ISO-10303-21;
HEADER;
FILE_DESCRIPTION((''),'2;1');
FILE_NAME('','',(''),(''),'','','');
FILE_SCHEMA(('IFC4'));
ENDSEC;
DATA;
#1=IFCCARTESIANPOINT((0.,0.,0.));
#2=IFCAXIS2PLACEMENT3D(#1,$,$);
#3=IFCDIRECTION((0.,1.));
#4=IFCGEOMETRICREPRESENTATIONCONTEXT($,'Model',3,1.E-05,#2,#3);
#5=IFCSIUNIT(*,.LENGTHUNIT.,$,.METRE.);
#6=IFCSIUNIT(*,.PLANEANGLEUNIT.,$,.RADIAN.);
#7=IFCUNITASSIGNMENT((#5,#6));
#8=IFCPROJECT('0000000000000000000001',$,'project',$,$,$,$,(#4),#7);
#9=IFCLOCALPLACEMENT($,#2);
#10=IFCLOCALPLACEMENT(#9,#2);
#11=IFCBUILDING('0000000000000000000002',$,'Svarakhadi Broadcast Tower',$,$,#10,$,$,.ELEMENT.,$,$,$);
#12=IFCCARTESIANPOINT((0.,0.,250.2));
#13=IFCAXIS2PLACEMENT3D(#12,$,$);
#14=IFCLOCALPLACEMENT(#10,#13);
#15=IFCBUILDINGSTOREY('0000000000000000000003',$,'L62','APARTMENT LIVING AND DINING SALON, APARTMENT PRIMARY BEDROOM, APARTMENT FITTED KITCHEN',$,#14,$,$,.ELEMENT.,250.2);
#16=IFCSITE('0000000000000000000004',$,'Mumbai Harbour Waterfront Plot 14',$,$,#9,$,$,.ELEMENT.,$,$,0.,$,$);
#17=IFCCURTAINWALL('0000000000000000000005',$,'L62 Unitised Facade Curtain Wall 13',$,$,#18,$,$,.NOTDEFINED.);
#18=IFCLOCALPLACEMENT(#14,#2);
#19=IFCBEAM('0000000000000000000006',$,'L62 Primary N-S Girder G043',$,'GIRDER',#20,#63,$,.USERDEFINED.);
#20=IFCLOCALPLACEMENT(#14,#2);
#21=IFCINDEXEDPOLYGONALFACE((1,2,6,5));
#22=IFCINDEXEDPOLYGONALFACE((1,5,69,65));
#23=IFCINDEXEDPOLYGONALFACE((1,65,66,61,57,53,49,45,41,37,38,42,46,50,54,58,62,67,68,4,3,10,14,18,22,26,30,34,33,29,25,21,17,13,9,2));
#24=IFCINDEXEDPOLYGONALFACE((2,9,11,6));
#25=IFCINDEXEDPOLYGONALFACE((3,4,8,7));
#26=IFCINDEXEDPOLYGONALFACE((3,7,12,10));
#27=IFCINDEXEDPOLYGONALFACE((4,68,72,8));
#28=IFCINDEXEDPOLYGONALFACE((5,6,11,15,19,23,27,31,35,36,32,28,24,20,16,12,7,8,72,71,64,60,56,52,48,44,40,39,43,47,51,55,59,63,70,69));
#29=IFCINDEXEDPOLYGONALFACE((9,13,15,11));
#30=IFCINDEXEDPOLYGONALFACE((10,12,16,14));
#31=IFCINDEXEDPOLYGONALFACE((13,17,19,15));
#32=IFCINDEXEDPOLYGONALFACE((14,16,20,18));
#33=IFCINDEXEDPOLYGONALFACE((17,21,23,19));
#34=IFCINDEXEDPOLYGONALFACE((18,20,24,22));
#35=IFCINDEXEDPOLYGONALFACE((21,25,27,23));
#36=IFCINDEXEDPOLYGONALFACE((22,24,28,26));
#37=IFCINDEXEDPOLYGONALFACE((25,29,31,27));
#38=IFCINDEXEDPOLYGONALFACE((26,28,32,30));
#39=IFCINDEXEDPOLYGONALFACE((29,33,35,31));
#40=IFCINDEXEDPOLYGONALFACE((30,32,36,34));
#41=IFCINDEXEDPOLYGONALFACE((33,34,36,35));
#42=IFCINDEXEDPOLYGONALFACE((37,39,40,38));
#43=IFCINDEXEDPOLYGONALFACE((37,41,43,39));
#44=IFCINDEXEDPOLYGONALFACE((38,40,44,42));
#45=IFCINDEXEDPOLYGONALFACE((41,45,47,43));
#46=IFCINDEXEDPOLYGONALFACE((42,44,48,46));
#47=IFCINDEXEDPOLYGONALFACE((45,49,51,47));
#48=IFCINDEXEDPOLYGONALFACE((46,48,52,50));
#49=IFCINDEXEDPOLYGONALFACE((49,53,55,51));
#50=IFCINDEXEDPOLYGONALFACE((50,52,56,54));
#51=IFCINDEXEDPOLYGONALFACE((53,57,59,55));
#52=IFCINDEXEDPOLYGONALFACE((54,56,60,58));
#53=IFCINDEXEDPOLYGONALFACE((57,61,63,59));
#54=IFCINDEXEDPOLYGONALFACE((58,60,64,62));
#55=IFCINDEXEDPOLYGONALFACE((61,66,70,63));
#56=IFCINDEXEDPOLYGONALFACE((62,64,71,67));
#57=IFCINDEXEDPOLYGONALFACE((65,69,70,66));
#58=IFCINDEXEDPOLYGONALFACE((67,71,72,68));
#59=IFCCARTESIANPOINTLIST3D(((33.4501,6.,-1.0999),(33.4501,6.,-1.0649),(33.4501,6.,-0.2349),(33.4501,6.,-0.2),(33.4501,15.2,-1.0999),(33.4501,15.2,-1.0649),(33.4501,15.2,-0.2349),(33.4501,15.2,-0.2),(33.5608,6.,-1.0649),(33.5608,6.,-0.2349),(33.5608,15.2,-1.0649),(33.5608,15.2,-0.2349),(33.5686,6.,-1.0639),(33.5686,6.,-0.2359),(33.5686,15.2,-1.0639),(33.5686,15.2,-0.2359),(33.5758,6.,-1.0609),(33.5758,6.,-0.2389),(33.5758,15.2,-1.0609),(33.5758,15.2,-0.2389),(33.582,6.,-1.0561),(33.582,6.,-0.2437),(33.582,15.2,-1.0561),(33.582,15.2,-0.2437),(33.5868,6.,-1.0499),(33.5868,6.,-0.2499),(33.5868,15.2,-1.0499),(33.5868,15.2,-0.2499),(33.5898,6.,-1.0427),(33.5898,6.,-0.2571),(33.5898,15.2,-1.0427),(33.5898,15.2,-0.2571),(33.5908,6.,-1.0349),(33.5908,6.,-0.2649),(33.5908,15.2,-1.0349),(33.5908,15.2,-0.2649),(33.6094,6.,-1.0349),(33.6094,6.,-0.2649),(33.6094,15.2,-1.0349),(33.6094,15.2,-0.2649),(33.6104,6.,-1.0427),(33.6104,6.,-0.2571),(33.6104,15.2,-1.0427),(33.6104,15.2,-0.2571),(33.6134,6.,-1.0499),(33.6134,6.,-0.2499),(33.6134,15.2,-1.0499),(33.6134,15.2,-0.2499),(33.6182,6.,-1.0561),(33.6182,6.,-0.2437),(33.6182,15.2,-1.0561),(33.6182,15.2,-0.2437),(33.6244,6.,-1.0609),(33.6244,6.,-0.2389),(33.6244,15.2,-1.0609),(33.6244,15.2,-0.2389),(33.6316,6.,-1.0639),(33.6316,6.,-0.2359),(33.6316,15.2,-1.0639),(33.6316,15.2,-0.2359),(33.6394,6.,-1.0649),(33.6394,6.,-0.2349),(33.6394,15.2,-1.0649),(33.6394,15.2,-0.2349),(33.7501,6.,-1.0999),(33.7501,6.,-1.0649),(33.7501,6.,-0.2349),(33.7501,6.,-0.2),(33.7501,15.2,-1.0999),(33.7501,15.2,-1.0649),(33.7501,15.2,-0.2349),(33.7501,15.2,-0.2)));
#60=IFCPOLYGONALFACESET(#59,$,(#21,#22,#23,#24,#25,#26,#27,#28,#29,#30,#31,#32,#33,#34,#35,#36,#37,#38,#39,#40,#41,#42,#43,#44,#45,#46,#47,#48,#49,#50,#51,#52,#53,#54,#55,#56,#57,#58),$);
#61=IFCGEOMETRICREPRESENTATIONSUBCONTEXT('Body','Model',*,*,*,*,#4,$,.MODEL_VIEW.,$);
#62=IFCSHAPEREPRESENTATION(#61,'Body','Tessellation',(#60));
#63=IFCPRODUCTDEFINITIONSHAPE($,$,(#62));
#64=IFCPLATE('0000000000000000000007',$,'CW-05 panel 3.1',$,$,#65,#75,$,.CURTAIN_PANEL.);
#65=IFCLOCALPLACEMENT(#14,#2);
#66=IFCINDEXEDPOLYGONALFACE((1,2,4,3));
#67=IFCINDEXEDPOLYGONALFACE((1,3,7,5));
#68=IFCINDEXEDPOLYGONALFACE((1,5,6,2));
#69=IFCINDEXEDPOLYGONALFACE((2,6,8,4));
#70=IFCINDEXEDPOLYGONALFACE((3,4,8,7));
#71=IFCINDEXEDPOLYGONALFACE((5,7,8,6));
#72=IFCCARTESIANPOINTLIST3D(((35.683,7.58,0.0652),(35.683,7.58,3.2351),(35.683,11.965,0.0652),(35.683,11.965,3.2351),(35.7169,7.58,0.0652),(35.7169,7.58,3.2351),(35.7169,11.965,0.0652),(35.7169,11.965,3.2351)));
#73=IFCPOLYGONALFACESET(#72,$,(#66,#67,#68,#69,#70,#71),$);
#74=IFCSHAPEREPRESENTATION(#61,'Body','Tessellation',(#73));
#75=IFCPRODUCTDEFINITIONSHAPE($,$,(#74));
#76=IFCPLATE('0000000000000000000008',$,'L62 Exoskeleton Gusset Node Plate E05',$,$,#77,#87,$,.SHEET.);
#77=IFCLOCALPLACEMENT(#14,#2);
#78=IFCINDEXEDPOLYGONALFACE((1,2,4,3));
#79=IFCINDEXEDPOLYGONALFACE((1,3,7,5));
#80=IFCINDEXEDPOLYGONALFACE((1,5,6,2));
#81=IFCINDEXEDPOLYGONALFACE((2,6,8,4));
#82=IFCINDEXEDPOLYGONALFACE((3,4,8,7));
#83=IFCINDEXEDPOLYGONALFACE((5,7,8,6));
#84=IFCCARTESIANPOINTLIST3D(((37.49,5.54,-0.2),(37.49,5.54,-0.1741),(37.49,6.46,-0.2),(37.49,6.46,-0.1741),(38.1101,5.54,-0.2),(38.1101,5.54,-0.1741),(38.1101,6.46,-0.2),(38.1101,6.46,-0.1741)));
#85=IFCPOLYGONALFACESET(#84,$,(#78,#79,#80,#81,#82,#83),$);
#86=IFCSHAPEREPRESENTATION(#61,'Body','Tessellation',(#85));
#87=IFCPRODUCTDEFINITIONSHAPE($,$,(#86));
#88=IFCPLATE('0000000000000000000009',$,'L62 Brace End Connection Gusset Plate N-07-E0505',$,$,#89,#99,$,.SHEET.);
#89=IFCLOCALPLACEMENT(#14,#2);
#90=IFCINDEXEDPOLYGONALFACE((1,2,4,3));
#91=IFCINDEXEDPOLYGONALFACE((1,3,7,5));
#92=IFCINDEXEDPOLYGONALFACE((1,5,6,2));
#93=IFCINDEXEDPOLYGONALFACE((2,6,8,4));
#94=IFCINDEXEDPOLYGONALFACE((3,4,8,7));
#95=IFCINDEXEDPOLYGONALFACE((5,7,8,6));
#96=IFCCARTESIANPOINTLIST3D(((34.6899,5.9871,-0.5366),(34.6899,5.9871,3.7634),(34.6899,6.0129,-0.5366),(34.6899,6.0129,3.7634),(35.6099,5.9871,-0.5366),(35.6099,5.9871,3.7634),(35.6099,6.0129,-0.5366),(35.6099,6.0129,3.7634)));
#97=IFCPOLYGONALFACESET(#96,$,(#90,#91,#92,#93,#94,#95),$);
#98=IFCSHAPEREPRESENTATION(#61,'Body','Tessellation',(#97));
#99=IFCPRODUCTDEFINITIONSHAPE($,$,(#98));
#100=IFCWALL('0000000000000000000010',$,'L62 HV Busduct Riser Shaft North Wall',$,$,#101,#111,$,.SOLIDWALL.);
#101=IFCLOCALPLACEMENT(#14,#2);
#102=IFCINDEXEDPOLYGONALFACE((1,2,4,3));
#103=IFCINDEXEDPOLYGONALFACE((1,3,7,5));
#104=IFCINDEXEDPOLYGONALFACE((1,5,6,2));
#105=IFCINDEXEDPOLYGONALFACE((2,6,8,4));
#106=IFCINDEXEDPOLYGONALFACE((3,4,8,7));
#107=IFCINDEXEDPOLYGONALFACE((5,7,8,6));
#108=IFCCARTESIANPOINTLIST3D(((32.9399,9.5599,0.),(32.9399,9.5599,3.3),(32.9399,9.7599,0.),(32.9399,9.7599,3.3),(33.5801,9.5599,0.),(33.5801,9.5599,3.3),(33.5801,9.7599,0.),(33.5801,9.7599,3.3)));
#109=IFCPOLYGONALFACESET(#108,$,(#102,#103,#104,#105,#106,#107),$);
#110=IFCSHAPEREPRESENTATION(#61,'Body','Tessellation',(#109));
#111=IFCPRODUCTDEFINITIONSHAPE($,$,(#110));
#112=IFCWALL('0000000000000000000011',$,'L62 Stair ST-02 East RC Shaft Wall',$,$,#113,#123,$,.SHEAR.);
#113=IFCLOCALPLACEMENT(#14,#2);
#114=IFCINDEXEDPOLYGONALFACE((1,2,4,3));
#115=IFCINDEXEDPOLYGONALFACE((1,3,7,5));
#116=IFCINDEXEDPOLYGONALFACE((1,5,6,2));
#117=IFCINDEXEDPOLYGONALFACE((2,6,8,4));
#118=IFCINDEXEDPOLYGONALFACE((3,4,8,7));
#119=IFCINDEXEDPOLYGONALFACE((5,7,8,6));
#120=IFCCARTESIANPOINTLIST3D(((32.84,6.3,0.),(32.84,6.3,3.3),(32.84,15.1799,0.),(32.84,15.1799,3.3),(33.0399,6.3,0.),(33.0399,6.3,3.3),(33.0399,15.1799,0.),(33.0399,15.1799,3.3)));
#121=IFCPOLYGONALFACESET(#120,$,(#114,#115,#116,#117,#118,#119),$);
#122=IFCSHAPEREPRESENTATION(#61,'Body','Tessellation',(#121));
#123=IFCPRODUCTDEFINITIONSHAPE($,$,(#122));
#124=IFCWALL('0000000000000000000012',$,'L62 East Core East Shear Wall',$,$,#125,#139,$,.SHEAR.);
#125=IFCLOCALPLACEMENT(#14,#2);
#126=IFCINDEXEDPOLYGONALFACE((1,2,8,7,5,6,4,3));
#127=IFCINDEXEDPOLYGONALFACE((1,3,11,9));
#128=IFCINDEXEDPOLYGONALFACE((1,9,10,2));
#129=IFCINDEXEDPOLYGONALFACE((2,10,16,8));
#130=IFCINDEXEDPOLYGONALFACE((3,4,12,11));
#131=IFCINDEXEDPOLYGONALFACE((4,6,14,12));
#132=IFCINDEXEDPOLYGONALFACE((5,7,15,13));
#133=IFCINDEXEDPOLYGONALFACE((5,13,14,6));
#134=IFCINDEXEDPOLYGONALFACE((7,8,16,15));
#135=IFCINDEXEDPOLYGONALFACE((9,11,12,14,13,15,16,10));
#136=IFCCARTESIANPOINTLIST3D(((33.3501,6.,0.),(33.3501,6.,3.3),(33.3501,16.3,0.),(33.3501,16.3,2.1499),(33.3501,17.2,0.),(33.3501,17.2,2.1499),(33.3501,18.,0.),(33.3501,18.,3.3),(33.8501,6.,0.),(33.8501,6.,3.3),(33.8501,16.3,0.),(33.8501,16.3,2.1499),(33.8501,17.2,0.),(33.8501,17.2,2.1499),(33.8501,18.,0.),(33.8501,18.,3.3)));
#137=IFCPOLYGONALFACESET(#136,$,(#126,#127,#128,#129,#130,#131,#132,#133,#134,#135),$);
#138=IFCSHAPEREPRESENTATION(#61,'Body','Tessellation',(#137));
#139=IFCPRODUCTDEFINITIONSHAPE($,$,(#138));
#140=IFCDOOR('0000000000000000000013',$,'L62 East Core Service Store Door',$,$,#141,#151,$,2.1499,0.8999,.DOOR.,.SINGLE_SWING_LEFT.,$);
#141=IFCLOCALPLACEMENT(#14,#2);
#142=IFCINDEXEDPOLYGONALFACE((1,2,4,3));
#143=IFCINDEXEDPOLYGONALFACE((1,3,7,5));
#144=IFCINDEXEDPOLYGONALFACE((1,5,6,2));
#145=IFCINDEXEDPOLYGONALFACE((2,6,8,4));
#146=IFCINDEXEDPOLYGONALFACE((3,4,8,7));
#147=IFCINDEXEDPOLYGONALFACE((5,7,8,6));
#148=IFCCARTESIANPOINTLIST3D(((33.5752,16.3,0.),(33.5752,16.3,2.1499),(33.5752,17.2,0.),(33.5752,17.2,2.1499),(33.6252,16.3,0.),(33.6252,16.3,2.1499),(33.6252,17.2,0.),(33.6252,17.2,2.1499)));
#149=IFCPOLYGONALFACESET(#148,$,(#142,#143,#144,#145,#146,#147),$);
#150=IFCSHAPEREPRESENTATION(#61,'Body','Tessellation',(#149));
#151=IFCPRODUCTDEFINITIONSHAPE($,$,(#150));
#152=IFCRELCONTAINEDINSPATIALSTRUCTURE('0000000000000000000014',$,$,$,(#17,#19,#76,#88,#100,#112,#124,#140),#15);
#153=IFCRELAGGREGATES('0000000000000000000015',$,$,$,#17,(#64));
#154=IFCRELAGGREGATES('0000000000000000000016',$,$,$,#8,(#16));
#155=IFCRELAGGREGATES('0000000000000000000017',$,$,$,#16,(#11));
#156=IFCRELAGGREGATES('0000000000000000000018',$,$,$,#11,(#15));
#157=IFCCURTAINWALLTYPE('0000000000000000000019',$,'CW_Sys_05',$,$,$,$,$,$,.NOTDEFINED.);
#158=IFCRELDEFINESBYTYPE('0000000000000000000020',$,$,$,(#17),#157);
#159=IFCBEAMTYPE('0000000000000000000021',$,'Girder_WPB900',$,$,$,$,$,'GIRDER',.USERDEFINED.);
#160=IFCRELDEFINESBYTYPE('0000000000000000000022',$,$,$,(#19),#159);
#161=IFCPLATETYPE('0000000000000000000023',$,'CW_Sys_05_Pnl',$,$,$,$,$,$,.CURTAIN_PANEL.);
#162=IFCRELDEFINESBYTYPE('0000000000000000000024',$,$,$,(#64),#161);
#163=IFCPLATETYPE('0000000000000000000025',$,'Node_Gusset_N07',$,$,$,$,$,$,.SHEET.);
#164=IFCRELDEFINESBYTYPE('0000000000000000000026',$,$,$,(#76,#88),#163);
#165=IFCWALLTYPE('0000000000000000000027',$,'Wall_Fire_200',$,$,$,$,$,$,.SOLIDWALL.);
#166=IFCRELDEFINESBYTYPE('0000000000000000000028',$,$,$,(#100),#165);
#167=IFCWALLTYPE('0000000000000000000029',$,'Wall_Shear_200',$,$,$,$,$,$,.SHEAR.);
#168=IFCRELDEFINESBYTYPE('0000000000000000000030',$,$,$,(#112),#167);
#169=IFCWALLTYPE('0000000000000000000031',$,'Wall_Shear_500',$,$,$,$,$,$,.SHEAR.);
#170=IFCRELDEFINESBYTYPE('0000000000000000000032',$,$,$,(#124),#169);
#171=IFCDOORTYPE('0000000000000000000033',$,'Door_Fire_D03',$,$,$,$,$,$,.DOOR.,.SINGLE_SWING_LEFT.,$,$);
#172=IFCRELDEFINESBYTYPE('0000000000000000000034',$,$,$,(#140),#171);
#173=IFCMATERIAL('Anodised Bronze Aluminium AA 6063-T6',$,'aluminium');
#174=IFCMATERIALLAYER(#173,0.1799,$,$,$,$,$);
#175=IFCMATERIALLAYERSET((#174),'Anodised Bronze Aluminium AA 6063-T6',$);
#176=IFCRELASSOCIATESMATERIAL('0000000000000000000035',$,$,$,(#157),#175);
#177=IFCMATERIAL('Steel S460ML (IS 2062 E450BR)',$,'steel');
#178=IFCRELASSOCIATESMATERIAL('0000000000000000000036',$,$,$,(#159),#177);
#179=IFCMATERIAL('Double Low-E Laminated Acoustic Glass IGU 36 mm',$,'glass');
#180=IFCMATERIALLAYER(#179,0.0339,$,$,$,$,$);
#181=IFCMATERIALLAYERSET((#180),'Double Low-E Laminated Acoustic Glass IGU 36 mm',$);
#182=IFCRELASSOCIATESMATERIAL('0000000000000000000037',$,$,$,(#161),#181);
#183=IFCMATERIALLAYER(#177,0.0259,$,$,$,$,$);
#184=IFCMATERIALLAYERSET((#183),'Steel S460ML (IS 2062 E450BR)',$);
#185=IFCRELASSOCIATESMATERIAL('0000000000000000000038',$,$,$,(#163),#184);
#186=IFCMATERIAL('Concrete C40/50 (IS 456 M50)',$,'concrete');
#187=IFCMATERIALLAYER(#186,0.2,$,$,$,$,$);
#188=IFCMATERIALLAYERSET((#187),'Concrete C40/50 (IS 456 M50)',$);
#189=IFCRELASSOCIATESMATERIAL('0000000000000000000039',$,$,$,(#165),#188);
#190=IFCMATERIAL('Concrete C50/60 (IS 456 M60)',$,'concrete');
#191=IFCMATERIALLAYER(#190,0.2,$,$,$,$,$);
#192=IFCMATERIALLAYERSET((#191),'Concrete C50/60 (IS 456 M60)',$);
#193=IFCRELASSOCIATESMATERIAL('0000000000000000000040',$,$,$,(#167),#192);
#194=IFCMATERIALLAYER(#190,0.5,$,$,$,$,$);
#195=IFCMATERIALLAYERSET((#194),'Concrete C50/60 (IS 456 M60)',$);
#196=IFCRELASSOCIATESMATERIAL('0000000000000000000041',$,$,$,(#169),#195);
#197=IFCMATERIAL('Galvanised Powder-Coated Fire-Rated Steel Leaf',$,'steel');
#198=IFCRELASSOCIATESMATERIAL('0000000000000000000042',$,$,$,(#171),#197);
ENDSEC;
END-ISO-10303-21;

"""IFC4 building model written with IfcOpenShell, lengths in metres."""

from ifc_helpers import new_model, si_unit, direction, frame, frame_2d, origin, origin_2d, place, context, subcontext, project, spatial, rectangle, i_section, extrude, material, layer, layer_set, material_profile, profile_set, type_object, element, fill, aggregate, save


model = new_model("IFC4")

# Units and contexts
model_context = context("Model", 3, precision=1e-05, world=origin(), true_north=direction((0.0, 1.0)))
body_context = subcontext(model_context, "Body", "Model", "MODEL_VIEW")
ifc_project = project(units=[si_unit("LENGTHUNIT", "METRE"), si_unit("PLANEANGLEUNIT", "RADIAN")], contexts=[model_context])

# Site, building, storey
site_placement = place(None, origin())
site = spatial("IfcSite", under=ifc_project, at=site_placement, Name="Mumbai Harbour Waterfront Plot 14", CompositionType="ELEMENT", RefElevation=0.0)
building_placement = place(site_placement, origin())
building = spatial("IfcBuilding", under=site, at=building_placement, Name="Svarakhadi Broadcast Tower", CompositionType="ELEMENT")
storey_placement = place(building_placement, frame((0.0, 0.0, 250.2)))
storey = spatial("IfcBuildingStorey", under=building, at=storey_placement, Name="L62", Description="APARTMENT LIVING AND DINING SALON, APARTMENT PRIMARY BEDROOM, APARTMENT FITTED KITCHEN", CompositionType="ELEMENT", Elevation=250.2)

# Shared definitions
ifc_material_1 = material(Name="Concrete C50/60 (IS 456 M60)", Category="concrete")
ifc_material_2 = material(Name="Steel S460ML (IS 2062 E450BR)", Category="steel")

# Curtain wall
ifc_material_3 = material(Name="Anodised Bronze Aluminium AA 6063-T6", Category="aluminium")
ifc_layer_1 = layer(ifc_material_3, 0.1799)
ifc_layer_set_1 = layer_set([ifc_layer_1], Name="Anodised Bronze Aluminium AA 6063-T6")
curtain_wall_type = type_object("IfcCurtainWallType", Name="CW_Sys_05", PredefinedType="NOTDEFINED", material=ifc_layer_set_1)
curtain_wall_placement = place(storey_placement, origin())
curtain_wall = element("IfcCurtainWall", 1, at=curtain_wall_placement, inside=storey, type_object=curtain_wall_type, Name="L62 Unitised Facade Curtain Wall 13", PredefinedType="NOTDEFINED")

# Beam
ifc_material_profile_1 = material_profile(ifc_material_2, i_section(OverallWidth=0.3, OverallDepth=0.8999, WebThickness=0.0186, FlangeThickness=0.0349, FilletRadius=0.03, at=origin_2d()), Name="WPB 900x300x291")
ifc_profile_set_1 = profile_set([ifc_material_profile_1], Name="Steel S460ML (IS 2062 E450BR)")
beam_type_1 = type_object("IfcBeamType", Name="Girder_WPB900", ElementType="GIRDER", PredefinedType="USERDEFINED", material=ifc_profile_set_1)
beam_1_placement = place(storey_placement, frame((33.6001, 6.0, -0.6499), z_axis=(0.0, 1.0, 0.0), x_axis=(-1.0, 0.0, 0.0)))
element("IfcBeam", 2, at=beam_1_placement, inside=storey, type_object=beam_type_1, Name="L62 Primary N-S Girder G043", ObjectType="GIRDER", PredefinedType="USERDEFINED", context=body_context, shape_type="SweptSolid", body=[
    extrude(i_section(OverallWidth=0.3, OverallDepth=0.8999, WebThickness=0.0186, FlangeThickness=0.0349, FilletRadius=0.03, at=origin_2d()), origin(), (0.0, 0.0, 1.0), 9.2),
])

# Plate
ifc_material_4 = material(Name="Double Low-E Laminated Acoustic Glass IGU 36 mm", Category="glass")
ifc_layer_2 = layer(ifc_material_4, 0.0339)
ifc_layer_set_2 = layer_set([ifc_layer_2], Name="Double Low-E Laminated Acoustic Glass IGU 36 mm")
plate_type_1 = type_object("IfcPlateType", Name="CW_Sys_05_Pnl", PredefinedType="CURTAIN_PANEL", material=ifc_layer_set_2)
plate_1_placement = place(storey_placement, frame((35.7, 9.7725, 0.0652), z_axis=(0.0, 0.0, 1.0), x_axis=(0.0, -1.0, 0.0)))
plate_1 = element("IfcPlate", 3, at=plate_1_placement, type_object=plate_type_1, Name="CW-05 panel 3.1", PredefinedType="CURTAIN_PANEL", context=body_context, shape_type="SweptSolid", body=[
    extrude(rectangle(XDim=4.385, YDim=0.0339, at=origin_2d()), origin(), (0.0, 0.0, 1.0), 3.1699),
])
aggregate(curtain_wall, [plate_1])

# Plates
ifc_layer_3 = layer(ifc_material_2, 0.0259)
ifc_layer_set_3 = layer_set([ifc_layer_3], Name="Steel S460ML (IS 2062 E450BR)")
plate_type_2 = type_object("IfcPlateType", Name="Node_Gusset_N07", PredefinedType="SHEET", material=ifc_layer_set_3)
plate_2_placement = place(storey_placement, frame((37.8, 6.0, -0.2), z_axis=(0.0, 0.0, 1.0), x_axis=(0.0, 1.0, 0.0)))
element("IfcPlate", 4, at=plate_2_placement, inside=storey, type_object=plate_type_2, Name="L62 Exoskeleton Gusset Node Plate E05", PredefinedType="SHEET", context=body_context, shape_type="SweptSolid", body=[
    extrude(rectangle(XDim=0.9199, YDim=0.6201, at=origin_2d()), origin(), (0.0, 0.0, 1.0), 0.0259),
])
plate_3_placement = place(storey_placement, frame((35.1499, 6.0, -0.5366), z_axis=(0.0, 0.0, 1.0), x_axis=(1.0, 0.0, 0.0)))
element("IfcPlate", 5, at=plate_3_placement, inside=storey, type_object=plate_type_2, Name="L62 Brace End Connection Gusset Plate N-07-E0505", PredefinedType="SHEET", context=body_context, shape_type="SweptSolid", body=[
    extrude(rectangle(XDim=0.9199, YDim=0.0259, at=origin_2d()), origin(), (0.0, 0.0, 1.0), 4.3),
])

# Walls
ifc_material_5 = material(Name="Concrete C40/50 (IS 456 M50)", Category="concrete")
ifc_layer_4 = layer(ifc_material_5, 0.2)
ifc_layer_set_4 = layer_set([ifc_layer_4], Name="Concrete C40/50 (IS 456 M50)")
wall_type_1 = type_object("IfcWallType", Name="Wall_Fire_200", PredefinedType="SOLIDWALL", material=ifc_layer_set_4)
wall_1_placement = place(storey_placement, frame((32.9399, 9.6599, 0.0), z_axis=(0.0, 0.0, 1.0), x_axis=(1.0, 0.0, 0.0)))
element("IfcWall", 6, at=wall_1_placement, inside=storey, type_object=wall_type_1, Name="L62 HV Busduct Riser Shaft North Wall", PredefinedType="SOLIDWALL", context=body_context, shape_type="SweptSolid", body=[
    extrude(rectangle(XDim=0.6401, YDim=0.2, at=frame_2d((0.3201, 0.0))), origin(), (0.0, 0.0, 1.0), 3.3),
])
ifc_layer_5 = layer(ifc_material_1, 0.2)
ifc_layer_set_5 = layer_set([ifc_layer_5], Name="Concrete C50/60 (IS 456 M60)")
wall_type_2 = type_object("IfcWallType", Name="Wall_Shear_200", PredefinedType="SHEAR", material=ifc_layer_set_5)
wall_2_placement = place(storey_placement, frame((32.9399, 6.3, 0.0), z_axis=(0.0, 0.0, 1.0), x_axis=(0.0, 1.0, 0.0)))
element("IfcWall", 7, at=wall_2_placement, inside=storey, type_object=wall_type_2, Name="L62 Stair ST-02 East RC Shaft Wall", PredefinedType="SHEAR", context=body_context, shape_type="SweptSolid", body=[
    extrude(rectangle(XDim=8.8799, YDim=0.2, at=frame_2d((4.4399, 0.0))), origin(), (0.0, 0.0, 1.0), 3.3),
])

# Wall, opening, door
ifc_layer_6 = layer(ifc_material_1, 0.5)
ifc_layer_set_6 = layer_set([ifc_layer_6], Name="Concrete C50/60 (IS 456 M60)")
wall_type_3 = type_object("IfcWallType", Name="Wall_Shear_500", PredefinedType="SHEAR", material=ifc_layer_set_6)
wall_3_placement = place(storey_placement, frame((33.6001, 6.0, 0.0), z_axis=(0.0, 0.0, 1.0), x_axis=(0.0, 1.0, 0.0)))
wall_3 = element("IfcWall", 8, at=wall_3_placement, inside=storey, type_object=wall_type_3, Name="L62 East Core East Shear Wall", PredefinedType="SHEAR", context=body_context, shape_type="SweptSolid", body=[
    extrude(rectangle(XDim=12.0, YDim=0.5, at=frame_2d((6.0, 0.0))), origin(), (0.0, 0.0, 1.0), 3.3),
])
opening_placement = place(wall_3_placement, frame((10.3, 0.0, 0.0)))
opening = element("IfcOpeningElement", 9, at=opening_placement, cuts=wall_3, PredefinedType="OPENING", context=body_context, shape_type="SweptSolid", body=[
    extrude(rectangle(XDim=0.8999, YDim=2.1499, at=frame_2d((0.45, 1.075))), frame((0.0, 0.26, 0.0), z_axis=(0.0, -1.0, 0.0), x_axis=(1.0, 0.0, 0.0)), (0.0, 0.0, 1.0), 0.52),
])
ifc_material_6 = material(Name="Galvanised Powder-Coated Fire-Rated Steel Leaf", Category="steel")
door_type = type_object("IfcDoorType", Name="Door_Fire_D03", OperationType="SINGLE_SWING_LEFT", PredefinedType="DOOR", material=ifc_material_6)
door_placement = place(opening_placement, origin())
door = element("IfcDoor", 10, at=door_placement, inside=storey, type_object=door_type, Name="L62 East Core Service Store Door", OperationType="SINGLE_SWING_LEFT", OverallHeight=2.1499, OverallWidth=0.8999, PredefinedType="DOOR", context=body_context, shape_type="SweptSolid", body=[
    extrude(rectangle(XDim=0.8999, YDim=2.1499, at=frame_2d((0.45, 1.075))), frame((0.0, 0.0249, 0.0), z_axis=(0.0, -1.0, 0.0), x_axis=(1.0, 0.0, 0.0)), (0.0, 0.0, 1.0), 0.05),
])
fill(opening, door)

save(model, "model.ifc")
